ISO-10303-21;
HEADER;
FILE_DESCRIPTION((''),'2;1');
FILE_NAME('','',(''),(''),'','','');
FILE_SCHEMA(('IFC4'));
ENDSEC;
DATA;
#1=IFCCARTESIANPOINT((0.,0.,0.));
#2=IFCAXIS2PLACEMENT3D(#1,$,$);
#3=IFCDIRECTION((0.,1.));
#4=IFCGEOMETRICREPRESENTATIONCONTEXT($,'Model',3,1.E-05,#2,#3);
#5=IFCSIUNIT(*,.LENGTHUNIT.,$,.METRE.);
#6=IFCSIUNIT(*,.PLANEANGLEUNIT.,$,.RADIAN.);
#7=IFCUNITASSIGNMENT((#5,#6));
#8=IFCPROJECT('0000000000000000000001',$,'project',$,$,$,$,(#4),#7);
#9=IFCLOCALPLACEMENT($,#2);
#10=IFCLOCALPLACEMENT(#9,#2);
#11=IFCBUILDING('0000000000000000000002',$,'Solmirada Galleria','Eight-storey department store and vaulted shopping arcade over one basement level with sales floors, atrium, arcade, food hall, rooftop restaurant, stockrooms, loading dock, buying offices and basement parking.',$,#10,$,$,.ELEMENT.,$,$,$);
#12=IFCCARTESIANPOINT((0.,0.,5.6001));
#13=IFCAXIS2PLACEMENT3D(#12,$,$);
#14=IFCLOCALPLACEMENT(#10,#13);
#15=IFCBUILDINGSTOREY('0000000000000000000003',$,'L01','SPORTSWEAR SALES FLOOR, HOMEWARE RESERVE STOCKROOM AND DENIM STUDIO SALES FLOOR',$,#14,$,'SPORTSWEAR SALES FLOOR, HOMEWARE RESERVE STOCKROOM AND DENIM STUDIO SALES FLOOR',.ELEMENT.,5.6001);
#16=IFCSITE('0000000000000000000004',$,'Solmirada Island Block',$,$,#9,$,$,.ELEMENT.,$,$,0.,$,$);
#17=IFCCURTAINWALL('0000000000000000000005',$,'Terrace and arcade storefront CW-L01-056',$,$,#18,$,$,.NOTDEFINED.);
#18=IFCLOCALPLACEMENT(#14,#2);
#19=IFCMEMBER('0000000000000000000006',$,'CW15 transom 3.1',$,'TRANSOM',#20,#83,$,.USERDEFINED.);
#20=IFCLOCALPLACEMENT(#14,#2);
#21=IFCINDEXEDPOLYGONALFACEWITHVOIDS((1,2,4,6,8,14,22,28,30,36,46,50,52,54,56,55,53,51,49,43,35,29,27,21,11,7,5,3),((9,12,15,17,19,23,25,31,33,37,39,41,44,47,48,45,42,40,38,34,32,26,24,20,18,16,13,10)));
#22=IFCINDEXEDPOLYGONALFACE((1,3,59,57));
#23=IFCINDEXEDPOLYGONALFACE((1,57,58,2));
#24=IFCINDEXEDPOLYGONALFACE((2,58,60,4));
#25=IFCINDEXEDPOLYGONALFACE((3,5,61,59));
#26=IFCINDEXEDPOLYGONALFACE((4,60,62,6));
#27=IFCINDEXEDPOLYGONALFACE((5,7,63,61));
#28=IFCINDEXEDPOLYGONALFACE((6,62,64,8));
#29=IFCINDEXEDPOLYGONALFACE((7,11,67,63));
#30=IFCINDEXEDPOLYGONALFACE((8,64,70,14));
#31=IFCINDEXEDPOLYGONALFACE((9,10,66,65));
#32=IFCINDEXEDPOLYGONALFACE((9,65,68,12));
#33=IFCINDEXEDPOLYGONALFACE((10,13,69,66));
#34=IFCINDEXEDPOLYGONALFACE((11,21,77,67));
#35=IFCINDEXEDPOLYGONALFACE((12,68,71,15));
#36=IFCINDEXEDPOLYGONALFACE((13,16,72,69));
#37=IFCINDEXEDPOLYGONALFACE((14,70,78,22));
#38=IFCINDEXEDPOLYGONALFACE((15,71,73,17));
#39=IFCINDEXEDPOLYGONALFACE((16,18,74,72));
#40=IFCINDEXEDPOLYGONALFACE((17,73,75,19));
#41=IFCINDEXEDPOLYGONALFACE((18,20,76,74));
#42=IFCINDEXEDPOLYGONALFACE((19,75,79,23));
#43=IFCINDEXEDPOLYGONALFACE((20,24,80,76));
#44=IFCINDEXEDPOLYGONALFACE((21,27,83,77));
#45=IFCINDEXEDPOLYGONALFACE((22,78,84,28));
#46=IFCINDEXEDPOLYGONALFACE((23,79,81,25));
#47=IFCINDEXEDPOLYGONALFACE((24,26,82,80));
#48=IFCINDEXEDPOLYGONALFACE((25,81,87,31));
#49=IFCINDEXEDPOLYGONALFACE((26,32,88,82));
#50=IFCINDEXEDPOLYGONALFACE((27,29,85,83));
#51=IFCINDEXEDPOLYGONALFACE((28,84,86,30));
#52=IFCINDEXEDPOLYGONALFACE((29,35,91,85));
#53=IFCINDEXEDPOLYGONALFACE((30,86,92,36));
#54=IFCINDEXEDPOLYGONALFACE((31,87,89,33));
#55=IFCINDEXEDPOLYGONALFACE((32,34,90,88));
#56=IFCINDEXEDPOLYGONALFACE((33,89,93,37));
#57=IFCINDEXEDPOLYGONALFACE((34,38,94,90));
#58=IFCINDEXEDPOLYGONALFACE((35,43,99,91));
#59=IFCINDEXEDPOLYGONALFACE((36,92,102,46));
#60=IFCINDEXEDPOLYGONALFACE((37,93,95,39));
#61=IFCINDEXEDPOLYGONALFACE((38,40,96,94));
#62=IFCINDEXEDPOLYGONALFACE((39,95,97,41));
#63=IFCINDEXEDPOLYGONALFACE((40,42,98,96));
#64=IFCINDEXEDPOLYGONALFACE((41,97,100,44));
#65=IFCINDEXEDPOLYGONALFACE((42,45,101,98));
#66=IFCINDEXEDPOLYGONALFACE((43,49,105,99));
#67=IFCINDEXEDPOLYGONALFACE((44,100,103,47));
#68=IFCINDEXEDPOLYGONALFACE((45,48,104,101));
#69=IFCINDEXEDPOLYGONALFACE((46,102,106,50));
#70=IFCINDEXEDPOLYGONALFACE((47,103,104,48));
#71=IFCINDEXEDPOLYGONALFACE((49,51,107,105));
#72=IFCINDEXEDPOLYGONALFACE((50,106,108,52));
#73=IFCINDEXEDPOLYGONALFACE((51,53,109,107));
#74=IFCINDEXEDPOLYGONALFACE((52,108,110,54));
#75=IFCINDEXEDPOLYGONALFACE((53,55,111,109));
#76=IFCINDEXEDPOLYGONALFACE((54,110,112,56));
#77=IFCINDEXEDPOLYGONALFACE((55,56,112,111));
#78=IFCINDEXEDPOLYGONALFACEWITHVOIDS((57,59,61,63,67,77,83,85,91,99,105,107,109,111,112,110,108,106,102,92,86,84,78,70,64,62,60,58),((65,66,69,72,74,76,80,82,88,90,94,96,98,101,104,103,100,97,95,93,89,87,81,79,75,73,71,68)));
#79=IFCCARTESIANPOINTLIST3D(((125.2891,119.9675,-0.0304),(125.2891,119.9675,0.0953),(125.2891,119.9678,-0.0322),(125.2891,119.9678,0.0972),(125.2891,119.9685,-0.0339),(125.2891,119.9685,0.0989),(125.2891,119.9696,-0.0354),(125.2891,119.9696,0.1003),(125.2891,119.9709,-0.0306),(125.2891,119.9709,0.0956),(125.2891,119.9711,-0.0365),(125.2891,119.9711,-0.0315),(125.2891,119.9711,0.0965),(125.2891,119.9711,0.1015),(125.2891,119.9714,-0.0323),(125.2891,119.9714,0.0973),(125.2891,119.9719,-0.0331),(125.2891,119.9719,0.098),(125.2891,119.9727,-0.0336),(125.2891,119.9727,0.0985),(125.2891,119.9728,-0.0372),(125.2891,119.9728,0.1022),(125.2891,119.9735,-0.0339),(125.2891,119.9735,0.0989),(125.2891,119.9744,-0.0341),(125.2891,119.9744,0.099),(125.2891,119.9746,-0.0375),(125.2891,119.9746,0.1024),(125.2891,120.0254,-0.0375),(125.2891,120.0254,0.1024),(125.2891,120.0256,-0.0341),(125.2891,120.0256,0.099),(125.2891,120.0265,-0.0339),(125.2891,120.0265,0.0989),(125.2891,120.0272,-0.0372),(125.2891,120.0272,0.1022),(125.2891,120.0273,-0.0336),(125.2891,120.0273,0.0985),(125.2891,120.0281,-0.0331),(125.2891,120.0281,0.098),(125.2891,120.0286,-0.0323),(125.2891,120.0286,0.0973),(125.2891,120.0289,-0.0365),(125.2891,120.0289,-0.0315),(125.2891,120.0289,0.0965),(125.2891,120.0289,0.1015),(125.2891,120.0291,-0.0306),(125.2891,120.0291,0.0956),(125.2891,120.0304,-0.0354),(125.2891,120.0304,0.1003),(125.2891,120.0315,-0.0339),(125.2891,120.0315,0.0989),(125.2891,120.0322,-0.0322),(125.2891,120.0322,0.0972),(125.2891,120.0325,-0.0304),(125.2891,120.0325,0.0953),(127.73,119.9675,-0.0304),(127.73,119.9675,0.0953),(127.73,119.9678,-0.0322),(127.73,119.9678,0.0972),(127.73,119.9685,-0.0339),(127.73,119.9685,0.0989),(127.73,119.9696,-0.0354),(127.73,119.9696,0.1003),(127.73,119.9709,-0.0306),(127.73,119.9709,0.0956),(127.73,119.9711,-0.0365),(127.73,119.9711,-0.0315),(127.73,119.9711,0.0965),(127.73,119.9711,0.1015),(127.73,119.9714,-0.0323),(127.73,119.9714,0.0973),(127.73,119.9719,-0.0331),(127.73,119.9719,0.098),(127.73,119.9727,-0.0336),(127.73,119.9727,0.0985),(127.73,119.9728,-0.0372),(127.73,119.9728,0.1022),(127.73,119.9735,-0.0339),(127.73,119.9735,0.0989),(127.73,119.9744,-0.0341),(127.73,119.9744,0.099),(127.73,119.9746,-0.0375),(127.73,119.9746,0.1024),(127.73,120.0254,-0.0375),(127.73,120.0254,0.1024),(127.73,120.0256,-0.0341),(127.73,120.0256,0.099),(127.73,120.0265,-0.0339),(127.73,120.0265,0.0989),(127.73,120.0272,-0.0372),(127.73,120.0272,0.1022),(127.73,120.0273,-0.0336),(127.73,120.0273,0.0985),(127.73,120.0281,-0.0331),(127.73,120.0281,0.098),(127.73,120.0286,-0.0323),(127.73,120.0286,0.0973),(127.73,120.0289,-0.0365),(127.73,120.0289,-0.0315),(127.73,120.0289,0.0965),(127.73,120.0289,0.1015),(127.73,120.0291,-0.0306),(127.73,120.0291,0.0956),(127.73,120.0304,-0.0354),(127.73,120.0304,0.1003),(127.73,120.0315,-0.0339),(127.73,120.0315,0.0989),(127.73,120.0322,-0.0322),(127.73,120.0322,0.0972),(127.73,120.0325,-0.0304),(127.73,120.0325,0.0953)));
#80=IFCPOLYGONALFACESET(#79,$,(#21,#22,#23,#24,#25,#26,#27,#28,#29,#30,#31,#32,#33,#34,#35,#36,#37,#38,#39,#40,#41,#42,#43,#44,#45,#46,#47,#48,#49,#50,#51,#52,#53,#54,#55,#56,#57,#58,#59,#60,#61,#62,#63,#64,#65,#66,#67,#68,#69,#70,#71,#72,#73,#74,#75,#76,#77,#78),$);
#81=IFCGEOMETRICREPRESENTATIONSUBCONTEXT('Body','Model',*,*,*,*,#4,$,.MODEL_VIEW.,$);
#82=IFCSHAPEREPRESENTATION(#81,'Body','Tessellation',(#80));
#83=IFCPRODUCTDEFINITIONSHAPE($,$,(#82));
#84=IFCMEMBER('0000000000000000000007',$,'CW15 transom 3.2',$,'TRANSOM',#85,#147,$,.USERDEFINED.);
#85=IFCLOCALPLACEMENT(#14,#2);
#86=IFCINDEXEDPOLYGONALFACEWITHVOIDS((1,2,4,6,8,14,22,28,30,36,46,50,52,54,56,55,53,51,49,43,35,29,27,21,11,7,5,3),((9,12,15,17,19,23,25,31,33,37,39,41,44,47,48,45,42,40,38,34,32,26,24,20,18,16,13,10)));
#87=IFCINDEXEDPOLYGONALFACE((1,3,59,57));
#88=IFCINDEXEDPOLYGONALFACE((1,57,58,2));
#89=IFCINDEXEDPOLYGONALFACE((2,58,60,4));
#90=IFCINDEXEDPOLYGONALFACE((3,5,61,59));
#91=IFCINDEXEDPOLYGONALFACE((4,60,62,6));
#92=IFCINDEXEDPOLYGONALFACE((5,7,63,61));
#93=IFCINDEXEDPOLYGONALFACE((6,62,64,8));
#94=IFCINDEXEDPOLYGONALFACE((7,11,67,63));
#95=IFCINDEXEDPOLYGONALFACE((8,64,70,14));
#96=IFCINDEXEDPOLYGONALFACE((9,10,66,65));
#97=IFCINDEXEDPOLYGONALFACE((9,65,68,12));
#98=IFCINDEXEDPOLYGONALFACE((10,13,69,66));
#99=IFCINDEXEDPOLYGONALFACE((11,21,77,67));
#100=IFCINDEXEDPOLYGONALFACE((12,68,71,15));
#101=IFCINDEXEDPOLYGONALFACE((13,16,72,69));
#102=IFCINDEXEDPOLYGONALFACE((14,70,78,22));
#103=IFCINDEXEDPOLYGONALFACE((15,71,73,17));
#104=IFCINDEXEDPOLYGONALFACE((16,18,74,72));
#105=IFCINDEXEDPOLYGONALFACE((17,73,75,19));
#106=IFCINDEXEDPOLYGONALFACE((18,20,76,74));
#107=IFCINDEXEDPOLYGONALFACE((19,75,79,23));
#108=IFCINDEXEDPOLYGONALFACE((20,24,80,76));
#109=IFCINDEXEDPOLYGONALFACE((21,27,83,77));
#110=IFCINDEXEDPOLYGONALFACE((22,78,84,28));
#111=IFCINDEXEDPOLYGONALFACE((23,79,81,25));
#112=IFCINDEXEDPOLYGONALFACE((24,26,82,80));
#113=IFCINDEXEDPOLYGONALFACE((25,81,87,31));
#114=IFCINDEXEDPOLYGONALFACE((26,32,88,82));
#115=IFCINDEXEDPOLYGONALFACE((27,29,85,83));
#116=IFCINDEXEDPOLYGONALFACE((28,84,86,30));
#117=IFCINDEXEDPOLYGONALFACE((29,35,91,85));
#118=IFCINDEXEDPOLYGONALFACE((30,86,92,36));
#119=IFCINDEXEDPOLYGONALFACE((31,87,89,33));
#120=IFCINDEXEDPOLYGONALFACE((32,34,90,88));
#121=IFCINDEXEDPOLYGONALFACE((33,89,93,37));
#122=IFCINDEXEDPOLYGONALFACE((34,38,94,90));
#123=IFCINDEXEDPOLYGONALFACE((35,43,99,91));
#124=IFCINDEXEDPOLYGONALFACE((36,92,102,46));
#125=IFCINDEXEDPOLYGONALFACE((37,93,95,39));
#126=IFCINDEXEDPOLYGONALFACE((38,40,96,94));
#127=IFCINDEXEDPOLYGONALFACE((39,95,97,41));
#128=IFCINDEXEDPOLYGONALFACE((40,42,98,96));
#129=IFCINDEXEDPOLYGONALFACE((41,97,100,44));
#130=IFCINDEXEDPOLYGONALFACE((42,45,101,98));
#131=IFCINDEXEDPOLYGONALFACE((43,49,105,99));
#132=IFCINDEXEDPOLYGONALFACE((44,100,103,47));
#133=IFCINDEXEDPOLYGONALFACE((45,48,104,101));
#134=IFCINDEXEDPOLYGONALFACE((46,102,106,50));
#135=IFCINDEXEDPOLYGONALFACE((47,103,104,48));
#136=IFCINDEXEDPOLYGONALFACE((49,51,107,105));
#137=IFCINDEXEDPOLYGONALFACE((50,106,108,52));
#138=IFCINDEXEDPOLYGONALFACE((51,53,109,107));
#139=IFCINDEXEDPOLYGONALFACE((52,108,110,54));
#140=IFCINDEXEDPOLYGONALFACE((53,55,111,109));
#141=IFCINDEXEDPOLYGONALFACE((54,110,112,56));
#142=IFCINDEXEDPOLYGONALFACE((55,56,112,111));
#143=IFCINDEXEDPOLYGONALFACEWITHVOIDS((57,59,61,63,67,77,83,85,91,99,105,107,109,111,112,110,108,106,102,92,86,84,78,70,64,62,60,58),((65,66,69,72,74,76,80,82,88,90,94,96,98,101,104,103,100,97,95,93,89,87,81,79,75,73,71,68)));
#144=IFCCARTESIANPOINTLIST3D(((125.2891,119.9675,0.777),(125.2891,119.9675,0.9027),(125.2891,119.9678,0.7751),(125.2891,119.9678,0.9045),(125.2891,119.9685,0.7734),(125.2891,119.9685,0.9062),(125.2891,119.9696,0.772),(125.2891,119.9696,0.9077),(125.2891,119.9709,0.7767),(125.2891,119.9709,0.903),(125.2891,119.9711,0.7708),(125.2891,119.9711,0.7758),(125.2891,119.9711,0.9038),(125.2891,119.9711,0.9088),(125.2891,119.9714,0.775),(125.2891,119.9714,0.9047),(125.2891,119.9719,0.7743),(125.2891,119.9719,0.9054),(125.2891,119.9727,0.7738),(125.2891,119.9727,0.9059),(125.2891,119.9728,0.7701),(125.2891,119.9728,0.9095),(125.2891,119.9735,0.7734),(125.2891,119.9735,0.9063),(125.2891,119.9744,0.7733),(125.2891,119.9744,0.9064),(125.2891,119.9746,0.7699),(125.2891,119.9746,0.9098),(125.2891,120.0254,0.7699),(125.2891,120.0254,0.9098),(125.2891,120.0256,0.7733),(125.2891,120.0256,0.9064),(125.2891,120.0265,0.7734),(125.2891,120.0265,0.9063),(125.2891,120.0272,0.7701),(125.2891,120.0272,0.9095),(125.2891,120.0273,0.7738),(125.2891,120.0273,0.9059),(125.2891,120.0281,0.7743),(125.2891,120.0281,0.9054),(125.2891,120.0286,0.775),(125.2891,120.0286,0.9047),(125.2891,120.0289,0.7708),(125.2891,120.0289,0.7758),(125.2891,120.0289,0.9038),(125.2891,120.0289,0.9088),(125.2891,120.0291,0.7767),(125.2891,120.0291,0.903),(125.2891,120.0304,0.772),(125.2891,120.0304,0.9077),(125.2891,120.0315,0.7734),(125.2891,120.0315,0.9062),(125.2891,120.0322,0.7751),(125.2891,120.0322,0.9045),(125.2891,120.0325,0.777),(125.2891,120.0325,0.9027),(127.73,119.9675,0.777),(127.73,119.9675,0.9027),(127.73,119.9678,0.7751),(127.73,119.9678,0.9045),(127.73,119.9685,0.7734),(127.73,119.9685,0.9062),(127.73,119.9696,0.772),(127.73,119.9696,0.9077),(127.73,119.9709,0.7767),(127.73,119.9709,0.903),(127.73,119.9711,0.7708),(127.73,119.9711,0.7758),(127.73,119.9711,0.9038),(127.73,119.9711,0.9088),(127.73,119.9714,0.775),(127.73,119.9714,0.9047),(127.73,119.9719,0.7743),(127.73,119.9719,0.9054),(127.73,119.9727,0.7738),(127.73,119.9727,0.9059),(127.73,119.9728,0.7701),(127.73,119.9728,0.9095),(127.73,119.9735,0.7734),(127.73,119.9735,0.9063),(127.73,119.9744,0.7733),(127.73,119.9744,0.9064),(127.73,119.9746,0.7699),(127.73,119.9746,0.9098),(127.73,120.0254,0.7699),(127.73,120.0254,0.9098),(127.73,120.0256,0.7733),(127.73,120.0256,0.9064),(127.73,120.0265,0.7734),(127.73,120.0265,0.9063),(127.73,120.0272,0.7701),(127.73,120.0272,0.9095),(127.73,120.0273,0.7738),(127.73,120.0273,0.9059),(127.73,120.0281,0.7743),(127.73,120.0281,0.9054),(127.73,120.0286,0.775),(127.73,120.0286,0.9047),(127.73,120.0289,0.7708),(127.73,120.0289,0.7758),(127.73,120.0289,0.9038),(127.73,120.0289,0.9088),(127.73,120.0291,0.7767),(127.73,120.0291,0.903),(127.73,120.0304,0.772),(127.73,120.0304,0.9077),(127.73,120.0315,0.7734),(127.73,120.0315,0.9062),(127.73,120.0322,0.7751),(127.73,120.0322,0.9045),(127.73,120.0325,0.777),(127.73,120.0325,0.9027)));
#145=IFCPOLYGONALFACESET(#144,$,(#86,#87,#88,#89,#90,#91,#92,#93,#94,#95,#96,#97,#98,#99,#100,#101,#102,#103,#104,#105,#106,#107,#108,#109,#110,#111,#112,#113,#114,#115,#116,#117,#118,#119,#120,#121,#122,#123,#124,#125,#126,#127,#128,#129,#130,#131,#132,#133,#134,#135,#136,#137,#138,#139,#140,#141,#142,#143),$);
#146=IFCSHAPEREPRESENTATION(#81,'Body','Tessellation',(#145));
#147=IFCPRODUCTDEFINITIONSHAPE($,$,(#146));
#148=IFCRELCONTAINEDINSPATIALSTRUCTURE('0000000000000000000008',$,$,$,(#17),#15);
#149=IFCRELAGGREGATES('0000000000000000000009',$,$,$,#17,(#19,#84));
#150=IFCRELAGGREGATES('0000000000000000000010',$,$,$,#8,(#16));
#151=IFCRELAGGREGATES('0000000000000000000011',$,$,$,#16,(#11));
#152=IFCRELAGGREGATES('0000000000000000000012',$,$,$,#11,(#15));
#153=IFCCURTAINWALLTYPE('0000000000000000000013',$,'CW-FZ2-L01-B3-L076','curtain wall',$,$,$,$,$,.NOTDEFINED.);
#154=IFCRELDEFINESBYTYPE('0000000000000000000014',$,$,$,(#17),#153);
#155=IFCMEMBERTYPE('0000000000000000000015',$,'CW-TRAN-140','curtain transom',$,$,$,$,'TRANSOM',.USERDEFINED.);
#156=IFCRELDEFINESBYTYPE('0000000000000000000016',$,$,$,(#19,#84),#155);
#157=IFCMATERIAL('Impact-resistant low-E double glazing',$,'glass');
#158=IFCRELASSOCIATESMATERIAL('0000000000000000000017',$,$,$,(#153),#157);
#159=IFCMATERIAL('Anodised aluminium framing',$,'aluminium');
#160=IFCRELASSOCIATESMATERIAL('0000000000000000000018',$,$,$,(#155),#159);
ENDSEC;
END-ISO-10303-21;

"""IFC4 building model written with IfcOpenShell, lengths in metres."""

from ifc_helpers import new_model, si_unit, direction, frame, origin, origin_2d, place, context, subcontext, project, spatial, hollow_rectangle, extrude, material, material_profile, profile_set, type_object, element, aggregate, save


model = new_model("IFC4")

# Units and contexts
model_context = context("Model", 3, precision=1e-05, world=origin(), true_north=direction((0.0, 1.0)))
body_context = subcontext(model_context, "Body", "Model", "MODEL_VIEW")
ifc_project = project(units=[si_unit("LENGTHUNIT", "METRE"), si_unit("PLANEANGLEUNIT", "RADIAN")], contexts=[model_context])

# Site, building, storey
site_placement = place(None, origin())
site = spatial("IfcSite", under=ifc_project, at=site_placement, Name="Solmirada Island Block", CompositionType="ELEMENT", RefElevation=0.0)
building_placement = place(site_placement, origin())
building = spatial("IfcBuilding", under=site, at=building_placement, Name="Solmirada Galleria", Description="Eight-storey department store and vaulted shopping arcade over one basement level with sales floors, atrium, arcade, food hall, rooftop restaurant, stockrooms, loading dock, buying offices and basement parking.", CompositionType="ELEMENT")
storey_placement = place(building_placement, frame((0.0, 0.0, 5.6001)))
storey = spatial("IfcBuildingStorey", under=building, at=storey_placement, Name="L01", Description="SPORTSWEAR SALES FLOOR, HOMEWARE RESERVE STOCKROOM AND DENIM STUDIO SALES FLOOR", LongName="SPORTSWEAR SALES FLOOR, HOMEWARE RESERVE STOCKROOM AND DENIM STUDIO SALES FLOOR", CompositionType="ELEMENT", Elevation=5.6001)

# Curtain wall
ifc_material_1 = material(Name="Impact-resistant low-E double glazing", Category="glass")
curtain_wall_type = type_object("IfcCurtainWallType", Name="CW-FZ2-L01-B3-L076", Description="curtain wall", PredefinedType="NOTDEFINED", material=ifc_material_1)
curtain_wall_1_placement = place(storey_placement, origin())
curtain_wall_1 = element("IfcCurtainWall", 1, at=curtain_wall_1_placement, inside=storey, type_object=curtain_wall_type, Name="Terrace and arcade storefront CW-L01-056", PredefinedType="NOTDEFINED")
ifc_material_2 = material(Name="Anodised aluminium framing", Category="aluminium")

# Members
ifc_material_profile_1 = material_profile(ifc_material_2, hollow_rectangle(XDim=0.0649, YDim=0.1399, WallThickness=0.0034, InnerFilletRadius=0.0034, OuterFilletRadius=0.0071, at=origin_2d()), Name="ALU-TRAN-140X65")
ifc_profile_set_1 = profile_set([ifc_material_profile_1], Name="Anodised aluminium framing")
member_type_1 = type_object("IfcMemberType", Name="CW-TRAN-140", Description="curtain transom", ElementType="TRANSOM", PredefinedType="USERDEFINED", material=ifc_profile_set_1)
member_1_placement = place(storey_placement, frame((125.2891, 120.0, 0.0325), z_axis=(1.0, 0.0, 0.0), x_axis=(0.0, 1.0, 0.0)))
member_1 = element("IfcMember", 2, at=member_1_placement, type_object=member_type_1, Name="CW15 transom 3.1", ObjectType="TRANSOM", PredefinedType="USERDEFINED", context=body_context, shape_type="SweptSolid", body=[
    extrude(hollow_rectangle(XDim=0.0649, YDim=0.1399, WallThickness=0.0034, InnerFilletRadius=0.0034, OuterFilletRadius=0.0071, at=origin_2d()), origin(), (0.0, 0.0, 1.0), 2.4409),
])
member_2_placement = place(storey_placement, frame((125.2891, 120.0, 0.8398), z_axis=(1.0, 0.0, 0.0), x_axis=(0.0, 1.0, 0.0)))
member_2 = element("IfcMember", 3, at=member_2_placement, type_object=member_type_1, Name="CW15 transom 3.2", ObjectType="TRANSOM", PredefinedType="USERDEFINED", context=body_context, shape_type="SweptSolid", body=[
    extrude(hollow_rectangle(XDim=0.0649, YDim=0.1399, WallThickness=0.0034, InnerFilletRadius=0.0034, OuterFilletRadius=0.0071, at=origin_2d()), origin(), (0.0, 0.0, 1.0), 2.4409),
])

aggregate(curtain_wall_1, [member_1, member_2])

save(model, "model.ifc")
